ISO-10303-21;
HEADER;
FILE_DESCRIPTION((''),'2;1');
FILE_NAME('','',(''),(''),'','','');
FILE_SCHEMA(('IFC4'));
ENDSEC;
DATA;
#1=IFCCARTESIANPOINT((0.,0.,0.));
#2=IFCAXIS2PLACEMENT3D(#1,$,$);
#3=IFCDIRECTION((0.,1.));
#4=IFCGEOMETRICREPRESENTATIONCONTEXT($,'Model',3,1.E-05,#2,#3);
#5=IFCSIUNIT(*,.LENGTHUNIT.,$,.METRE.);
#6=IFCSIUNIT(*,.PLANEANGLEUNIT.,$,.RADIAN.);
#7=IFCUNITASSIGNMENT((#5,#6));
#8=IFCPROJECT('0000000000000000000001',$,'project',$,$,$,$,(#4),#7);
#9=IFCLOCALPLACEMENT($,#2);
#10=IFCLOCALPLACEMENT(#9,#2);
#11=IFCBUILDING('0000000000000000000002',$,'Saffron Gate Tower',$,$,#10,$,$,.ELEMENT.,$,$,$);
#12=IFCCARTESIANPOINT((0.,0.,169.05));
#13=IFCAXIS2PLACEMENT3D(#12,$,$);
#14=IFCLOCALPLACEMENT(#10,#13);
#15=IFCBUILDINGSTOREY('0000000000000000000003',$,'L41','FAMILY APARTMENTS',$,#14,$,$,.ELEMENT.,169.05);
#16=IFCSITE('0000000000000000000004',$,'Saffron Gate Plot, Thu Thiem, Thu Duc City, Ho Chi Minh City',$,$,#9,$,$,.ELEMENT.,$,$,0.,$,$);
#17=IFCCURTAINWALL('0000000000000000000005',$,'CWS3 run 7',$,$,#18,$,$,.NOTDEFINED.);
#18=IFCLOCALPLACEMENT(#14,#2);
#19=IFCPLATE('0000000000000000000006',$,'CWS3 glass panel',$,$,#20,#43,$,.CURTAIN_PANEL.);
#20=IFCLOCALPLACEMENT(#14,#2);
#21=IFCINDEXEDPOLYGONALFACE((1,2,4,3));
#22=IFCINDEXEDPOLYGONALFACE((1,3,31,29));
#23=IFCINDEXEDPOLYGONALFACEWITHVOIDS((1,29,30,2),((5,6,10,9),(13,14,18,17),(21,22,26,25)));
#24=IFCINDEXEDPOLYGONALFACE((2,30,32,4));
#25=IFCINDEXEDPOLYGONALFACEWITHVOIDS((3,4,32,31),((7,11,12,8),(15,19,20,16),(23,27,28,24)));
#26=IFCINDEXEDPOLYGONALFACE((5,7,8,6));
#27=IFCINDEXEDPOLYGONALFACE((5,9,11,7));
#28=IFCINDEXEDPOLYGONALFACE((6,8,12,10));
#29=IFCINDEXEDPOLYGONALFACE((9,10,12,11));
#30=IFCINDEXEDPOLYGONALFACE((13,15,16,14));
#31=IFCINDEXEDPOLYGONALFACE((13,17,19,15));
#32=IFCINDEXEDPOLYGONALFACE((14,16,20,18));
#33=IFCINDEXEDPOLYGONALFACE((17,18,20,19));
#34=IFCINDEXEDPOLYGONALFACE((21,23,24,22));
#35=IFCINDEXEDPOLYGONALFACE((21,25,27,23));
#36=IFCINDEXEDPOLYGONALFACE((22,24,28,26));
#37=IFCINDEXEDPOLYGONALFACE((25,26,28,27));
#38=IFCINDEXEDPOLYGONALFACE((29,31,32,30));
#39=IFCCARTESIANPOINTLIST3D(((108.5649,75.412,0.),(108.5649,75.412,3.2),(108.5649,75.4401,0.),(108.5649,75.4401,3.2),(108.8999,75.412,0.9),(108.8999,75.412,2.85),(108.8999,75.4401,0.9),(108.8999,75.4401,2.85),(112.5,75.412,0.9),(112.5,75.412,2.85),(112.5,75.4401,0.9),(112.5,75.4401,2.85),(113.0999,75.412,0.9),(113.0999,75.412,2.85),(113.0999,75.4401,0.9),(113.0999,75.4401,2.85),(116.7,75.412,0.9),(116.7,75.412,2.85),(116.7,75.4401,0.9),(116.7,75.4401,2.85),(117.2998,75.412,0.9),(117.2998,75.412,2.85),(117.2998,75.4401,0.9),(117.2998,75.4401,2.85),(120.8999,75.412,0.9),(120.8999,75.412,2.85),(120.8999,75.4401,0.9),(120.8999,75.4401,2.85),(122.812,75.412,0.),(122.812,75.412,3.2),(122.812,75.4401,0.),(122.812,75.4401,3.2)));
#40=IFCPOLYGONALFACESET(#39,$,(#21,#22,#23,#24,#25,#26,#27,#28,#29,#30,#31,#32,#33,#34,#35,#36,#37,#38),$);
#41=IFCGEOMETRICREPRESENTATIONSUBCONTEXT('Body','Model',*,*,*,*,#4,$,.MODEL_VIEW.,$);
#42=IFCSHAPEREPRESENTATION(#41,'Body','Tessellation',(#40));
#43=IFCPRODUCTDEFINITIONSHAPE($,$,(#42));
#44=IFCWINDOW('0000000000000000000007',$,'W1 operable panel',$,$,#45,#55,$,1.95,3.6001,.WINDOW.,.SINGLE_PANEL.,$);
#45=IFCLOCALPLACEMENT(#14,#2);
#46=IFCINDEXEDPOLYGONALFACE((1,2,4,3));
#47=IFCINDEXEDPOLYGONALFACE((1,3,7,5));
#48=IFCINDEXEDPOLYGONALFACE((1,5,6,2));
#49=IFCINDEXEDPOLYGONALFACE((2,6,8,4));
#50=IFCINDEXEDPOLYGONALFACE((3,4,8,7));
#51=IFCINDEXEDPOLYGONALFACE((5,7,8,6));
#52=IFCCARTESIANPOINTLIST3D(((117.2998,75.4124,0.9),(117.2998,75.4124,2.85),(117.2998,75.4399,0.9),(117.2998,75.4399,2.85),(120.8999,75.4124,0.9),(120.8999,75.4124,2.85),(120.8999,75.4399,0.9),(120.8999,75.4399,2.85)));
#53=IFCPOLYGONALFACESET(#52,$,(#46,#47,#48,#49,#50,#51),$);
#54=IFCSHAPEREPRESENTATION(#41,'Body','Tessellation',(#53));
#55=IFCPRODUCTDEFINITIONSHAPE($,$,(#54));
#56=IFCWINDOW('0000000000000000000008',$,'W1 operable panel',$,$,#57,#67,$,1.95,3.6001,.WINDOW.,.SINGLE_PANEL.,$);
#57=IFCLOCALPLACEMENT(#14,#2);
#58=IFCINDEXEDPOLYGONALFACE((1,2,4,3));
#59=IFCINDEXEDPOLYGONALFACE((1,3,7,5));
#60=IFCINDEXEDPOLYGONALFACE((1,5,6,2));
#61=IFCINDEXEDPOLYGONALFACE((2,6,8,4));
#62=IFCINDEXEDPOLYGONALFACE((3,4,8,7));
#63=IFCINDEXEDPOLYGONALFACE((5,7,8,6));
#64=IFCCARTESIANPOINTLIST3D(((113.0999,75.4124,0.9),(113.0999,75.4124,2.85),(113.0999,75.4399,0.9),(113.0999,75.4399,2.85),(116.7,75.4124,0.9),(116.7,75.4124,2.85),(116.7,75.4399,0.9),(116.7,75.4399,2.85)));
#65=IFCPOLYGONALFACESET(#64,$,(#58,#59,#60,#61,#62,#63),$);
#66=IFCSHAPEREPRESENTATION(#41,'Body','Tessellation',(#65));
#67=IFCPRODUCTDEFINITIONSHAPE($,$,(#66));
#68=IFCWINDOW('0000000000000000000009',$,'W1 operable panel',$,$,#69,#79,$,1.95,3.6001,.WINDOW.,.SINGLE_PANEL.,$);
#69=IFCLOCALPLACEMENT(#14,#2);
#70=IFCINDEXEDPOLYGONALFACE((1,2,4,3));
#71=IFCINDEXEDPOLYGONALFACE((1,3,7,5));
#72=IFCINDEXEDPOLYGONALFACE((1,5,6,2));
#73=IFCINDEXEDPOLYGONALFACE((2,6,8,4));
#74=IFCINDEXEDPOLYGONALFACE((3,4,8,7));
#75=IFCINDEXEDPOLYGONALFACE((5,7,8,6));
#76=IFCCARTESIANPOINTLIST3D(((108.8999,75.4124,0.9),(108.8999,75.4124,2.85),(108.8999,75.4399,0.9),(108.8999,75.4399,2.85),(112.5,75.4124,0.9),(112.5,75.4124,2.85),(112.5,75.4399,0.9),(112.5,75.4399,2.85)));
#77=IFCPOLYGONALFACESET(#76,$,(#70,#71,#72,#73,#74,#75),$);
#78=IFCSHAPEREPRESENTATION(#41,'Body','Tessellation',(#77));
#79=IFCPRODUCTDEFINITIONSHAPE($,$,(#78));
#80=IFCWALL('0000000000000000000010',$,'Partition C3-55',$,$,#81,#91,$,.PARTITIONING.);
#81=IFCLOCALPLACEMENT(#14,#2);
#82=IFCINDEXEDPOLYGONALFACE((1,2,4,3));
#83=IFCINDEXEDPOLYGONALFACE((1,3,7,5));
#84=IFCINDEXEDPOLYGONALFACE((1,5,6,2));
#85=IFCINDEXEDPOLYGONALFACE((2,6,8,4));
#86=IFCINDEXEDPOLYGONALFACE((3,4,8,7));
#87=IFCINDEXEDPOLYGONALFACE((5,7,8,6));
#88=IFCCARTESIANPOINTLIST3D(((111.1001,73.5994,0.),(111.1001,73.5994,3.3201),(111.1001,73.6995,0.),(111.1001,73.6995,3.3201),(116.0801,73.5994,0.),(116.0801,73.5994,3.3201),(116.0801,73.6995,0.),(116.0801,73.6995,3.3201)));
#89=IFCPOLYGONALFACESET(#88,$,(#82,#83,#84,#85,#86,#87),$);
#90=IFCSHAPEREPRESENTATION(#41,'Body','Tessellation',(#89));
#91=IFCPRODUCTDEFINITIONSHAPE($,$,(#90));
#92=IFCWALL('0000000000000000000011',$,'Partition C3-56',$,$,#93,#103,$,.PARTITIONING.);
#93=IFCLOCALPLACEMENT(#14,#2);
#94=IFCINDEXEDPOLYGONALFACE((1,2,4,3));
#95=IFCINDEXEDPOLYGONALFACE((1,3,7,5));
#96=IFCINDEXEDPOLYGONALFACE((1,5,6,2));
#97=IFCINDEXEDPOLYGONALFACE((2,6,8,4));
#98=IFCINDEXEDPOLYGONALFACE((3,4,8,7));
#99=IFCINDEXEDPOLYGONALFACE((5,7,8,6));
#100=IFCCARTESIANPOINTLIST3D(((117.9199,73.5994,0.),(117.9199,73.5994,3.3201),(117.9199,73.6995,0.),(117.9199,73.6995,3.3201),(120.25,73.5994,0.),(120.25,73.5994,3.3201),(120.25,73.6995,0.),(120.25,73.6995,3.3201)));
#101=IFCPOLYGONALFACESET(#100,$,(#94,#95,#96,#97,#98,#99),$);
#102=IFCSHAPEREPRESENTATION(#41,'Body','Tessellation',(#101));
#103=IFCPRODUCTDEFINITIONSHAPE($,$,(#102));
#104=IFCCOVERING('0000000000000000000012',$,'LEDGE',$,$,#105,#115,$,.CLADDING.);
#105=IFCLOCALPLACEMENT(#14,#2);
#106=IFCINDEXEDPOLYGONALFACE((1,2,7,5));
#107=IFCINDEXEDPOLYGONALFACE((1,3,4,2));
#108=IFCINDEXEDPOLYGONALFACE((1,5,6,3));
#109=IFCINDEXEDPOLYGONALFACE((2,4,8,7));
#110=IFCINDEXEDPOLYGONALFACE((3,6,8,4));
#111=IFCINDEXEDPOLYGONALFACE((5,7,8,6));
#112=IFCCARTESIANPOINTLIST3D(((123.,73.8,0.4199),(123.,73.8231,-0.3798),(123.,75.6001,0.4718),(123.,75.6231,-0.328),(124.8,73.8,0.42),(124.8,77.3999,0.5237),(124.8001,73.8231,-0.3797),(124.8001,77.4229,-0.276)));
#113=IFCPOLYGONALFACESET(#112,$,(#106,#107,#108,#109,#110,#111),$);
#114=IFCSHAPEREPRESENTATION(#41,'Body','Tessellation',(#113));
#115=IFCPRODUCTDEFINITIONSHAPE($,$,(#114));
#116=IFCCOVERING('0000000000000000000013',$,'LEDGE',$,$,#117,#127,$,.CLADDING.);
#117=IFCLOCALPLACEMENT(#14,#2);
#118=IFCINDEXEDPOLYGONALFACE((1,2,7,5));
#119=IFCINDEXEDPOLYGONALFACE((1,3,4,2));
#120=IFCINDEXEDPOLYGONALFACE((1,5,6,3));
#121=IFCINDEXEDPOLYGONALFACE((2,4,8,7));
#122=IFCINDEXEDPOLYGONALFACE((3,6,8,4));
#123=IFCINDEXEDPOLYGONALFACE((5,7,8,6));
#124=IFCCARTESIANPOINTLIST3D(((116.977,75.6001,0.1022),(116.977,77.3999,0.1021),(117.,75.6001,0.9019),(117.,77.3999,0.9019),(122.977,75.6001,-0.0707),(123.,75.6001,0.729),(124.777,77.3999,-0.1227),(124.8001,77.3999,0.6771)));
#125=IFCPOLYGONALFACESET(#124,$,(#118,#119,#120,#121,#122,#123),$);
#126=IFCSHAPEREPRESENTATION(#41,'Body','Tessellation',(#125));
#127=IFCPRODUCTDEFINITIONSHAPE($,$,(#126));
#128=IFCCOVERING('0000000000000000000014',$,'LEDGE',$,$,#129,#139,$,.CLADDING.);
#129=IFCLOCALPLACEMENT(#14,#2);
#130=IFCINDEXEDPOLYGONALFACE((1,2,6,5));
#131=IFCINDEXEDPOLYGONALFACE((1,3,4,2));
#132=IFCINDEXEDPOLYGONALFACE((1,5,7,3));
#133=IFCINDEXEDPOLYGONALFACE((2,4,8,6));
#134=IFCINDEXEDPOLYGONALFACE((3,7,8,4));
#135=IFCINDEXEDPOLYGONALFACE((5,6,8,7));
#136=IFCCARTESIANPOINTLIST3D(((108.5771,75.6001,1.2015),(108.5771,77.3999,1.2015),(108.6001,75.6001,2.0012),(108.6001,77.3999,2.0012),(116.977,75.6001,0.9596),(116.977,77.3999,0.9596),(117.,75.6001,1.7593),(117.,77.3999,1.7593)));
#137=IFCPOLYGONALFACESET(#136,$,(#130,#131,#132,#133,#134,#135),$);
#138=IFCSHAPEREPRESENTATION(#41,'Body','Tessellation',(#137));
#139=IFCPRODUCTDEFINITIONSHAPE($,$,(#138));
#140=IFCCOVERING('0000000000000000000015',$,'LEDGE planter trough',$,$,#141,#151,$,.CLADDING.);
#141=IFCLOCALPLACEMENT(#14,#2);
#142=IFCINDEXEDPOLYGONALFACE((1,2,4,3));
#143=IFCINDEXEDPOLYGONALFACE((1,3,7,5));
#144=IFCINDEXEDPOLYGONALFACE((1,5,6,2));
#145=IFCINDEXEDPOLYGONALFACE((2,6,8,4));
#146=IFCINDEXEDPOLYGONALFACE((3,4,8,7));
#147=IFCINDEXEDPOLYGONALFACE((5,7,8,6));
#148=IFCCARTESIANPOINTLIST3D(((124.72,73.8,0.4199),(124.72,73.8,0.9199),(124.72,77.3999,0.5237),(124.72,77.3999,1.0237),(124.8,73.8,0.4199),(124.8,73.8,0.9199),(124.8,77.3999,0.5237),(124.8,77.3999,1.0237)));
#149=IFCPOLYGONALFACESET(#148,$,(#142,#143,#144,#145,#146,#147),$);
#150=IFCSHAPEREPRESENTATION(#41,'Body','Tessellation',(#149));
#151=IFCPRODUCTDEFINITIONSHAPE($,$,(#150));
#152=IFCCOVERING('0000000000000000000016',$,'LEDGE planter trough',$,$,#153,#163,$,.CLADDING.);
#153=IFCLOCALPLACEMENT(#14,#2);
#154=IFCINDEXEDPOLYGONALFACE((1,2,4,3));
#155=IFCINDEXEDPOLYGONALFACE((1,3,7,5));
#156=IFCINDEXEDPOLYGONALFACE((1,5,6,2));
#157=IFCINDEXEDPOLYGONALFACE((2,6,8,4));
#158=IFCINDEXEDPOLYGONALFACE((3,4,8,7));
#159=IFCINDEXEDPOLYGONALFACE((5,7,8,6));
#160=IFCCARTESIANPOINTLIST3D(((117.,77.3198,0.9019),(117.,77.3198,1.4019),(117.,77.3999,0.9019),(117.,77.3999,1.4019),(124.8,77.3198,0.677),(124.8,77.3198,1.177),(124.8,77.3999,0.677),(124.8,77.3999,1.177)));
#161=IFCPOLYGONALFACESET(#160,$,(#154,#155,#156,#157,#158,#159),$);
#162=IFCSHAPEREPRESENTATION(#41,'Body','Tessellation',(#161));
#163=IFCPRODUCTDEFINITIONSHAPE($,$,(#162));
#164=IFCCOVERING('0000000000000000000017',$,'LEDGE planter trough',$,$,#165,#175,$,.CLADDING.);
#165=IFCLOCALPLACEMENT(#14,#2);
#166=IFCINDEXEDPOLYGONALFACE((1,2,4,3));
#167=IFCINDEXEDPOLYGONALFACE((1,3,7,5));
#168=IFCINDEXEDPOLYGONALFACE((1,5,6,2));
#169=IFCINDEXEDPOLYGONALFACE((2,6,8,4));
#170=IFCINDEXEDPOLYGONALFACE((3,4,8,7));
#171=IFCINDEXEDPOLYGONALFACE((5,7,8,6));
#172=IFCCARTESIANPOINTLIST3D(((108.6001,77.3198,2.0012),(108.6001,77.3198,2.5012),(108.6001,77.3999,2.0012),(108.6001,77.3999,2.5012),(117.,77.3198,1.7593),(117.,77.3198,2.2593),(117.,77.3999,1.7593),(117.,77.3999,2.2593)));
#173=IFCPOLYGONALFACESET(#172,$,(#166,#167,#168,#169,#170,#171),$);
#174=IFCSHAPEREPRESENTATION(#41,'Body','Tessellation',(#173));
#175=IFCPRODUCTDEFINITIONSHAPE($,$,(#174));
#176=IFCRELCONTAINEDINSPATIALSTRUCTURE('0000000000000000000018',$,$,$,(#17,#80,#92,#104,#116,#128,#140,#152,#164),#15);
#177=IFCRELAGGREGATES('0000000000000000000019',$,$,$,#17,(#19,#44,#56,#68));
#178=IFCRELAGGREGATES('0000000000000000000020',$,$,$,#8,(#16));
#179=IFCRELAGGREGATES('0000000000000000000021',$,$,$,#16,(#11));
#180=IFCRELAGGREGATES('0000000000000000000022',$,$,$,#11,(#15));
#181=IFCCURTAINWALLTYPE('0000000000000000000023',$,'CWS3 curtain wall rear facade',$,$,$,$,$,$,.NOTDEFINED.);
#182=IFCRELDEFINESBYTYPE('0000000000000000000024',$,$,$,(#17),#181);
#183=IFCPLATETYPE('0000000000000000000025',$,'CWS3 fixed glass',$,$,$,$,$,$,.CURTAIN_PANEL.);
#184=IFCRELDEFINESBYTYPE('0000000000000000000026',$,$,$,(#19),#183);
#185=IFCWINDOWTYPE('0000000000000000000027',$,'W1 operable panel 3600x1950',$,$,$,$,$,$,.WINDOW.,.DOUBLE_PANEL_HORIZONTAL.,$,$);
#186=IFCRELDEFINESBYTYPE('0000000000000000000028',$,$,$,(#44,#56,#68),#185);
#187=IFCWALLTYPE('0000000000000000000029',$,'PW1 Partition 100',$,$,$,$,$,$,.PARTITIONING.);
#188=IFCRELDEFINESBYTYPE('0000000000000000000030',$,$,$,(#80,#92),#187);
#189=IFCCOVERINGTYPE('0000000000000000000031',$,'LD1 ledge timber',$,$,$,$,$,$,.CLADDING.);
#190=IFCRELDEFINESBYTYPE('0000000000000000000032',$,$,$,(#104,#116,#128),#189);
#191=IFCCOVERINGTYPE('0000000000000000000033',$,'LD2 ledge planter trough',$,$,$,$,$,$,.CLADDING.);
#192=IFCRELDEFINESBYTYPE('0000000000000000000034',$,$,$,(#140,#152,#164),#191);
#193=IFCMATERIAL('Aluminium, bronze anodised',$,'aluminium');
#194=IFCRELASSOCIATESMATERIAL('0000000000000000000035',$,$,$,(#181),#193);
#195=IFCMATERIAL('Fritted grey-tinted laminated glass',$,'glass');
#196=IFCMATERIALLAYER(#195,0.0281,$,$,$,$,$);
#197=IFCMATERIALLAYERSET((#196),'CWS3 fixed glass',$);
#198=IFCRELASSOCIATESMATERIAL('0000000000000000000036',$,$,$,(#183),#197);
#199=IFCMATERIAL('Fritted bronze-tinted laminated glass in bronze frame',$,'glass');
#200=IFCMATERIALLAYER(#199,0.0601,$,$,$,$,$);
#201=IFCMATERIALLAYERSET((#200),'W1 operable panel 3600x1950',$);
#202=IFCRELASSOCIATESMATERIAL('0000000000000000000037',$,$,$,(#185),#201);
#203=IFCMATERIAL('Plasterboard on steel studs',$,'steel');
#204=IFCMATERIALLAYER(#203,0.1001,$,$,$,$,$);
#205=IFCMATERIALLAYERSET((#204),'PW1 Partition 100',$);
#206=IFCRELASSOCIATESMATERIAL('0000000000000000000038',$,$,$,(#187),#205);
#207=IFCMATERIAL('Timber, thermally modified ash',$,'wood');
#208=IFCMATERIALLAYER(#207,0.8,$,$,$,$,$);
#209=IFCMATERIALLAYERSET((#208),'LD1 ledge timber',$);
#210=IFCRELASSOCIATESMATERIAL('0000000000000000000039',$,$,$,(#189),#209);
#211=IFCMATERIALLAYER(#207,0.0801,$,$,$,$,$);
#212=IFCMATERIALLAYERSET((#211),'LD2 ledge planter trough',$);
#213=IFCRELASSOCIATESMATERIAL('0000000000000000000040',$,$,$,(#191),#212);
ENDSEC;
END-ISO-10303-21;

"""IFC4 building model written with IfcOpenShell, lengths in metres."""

from ifc_helpers import new_model, si_unit, direction, frame, frame_2d, origin, place, context, subcontext, project, spatial, polyline, rectangle, outline, extrude, material, layer, layer_set, type_object, element, fill, aggregate, save


model = new_model("IFC4")

# Units and contexts
model_context = context("Model", 3, precision=1e-05, world=origin(), true_north=direction((0.0, 1.0)))
body_context = subcontext(model_context, "Body", "Model", "MODEL_VIEW")
ifc_project = project(units=[si_unit("LENGTHUNIT", "METRE"), si_unit("PLANEANGLEUNIT", "RADIAN")], contexts=[model_context])

# Site, building, storey
site_placement = place(None, origin())
site = spatial("IfcSite", under=ifc_project, at=site_placement, Name="Saffron Gate Plot, Thu Thiem, Thu Duc City, Ho Chi Minh City", CompositionType="ELEMENT", RefElevation=0.0)
building_placement = place(site_placement, origin())
building = spatial("IfcBuilding", under=site, at=building_placement, Name="Saffron Gate Tower", CompositionType="ELEMENT")
storey_placement = place(building_placement, frame((0.0, 0.0, 169.05)))
storey = spatial("IfcBuildingStorey", under=building, at=storey_placement, Name="L41", Description="FAMILY APARTMENTS", CompositionType="ELEMENT", Elevation=169.05)

# Curtain wall
ifc_material_1 = material(Name="Aluminium, bronze anodised", Category="aluminium")
curtain_wall_type_1 = type_object("IfcCurtainWallType", Name="CWS3 curtain wall rear facade", PredefinedType="NOTDEFINED", material=ifc_material_1)
curtain_wall_1_placement = place(storey_placement, origin())
curtain_wall_1 = element("IfcCurtainWall", 1, at=curtain_wall_1_placement, inside=storey, type_object=curtain_wall_type_1, Name="CWS3 run 7", PredefinedType="NOTDEFINED")

# Plate, openings, windows
ifc_material_2 = material(Name="Fritted grey-tinted laminated glass", Category="glass")
ifc_layer_1 = layer(ifc_material_2, 0.0281)
ifc_layer_set_1 = layer_set([ifc_layer_1], Name="CWS3 fixed glass")
plate_type = type_object("IfcPlateType", Name="CWS3 fixed glass", PredefinedType="CURTAIN_PANEL", material=ifc_layer_set_1)
plate_placement = place(storey_placement, frame((122.812, 75.426, 0.0), z_axis=(0.0, 0.0, 1.0), x_axis=(-1.0, 0.0, 0.0)))
plate = element("IfcPlate", 2, at=plate_placement, type_object=plate_type, Name="CWS3 glass panel", PredefinedType="CURTAIN_PANEL", context=body_context, shape_type="SweptSolid", body=[
    extrude(rectangle(XDim=14.2471, YDim=0.0281, at=frame_2d((7.1235, 0.0))), origin(), (0.0, 0.0, 1.0), 3.2),
])
opening_1_placement = place(plate_placement, frame((1.9121, 0.0, 0.8999)))
opening_1 = element("IfcOpeningElement", 3, at=opening_1_placement, cuts=plate, PredefinedType="OPENING", context=body_context, shape_type="SweptSolid", body=[
    extrude(rectangle(XDim=3.6001, YDim=1.95, at=frame_2d((1.8, 0.9751))), frame((0.0, 0.0239, 0.0), z_axis=(0.0, -1.0, 0.0), x_axis=(1.0, 0.0, 0.0)), (0.0, 0.0, 1.0), 0.0481),
])
opening_2_placement = place(plate_placement, frame((6.1121, 0.0, 0.8999)))
opening_2 = element("IfcOpeningElement", 4, at=opening_2_placement, cuts=plate, PredefinedType="OPENING", context=body_context, shape_type="SweptSolid", body=[
    extrude(rectangle(XDim=3.6001, YDim=1.95, at=frame_2d((1.8, 0.9751))), frame((0.0, 0.0239, 0.0), z_axis=(0.0, -1.0, 0.0), x_axis=(1.0, 0.0, 0.0)), (0.0, 0.0, 1.0), 0.0481),
])
opening_3_placement = place(plate_placement, frame((10.312, 0.0, 0.8999)))
opening_3 = element("IfcOpeningElement", 5, at=opening_3_placement, cuts=plate, PredefinedType="OPENING", context=body_context, shape_type="SweptSolid", body=[
    extrude(rectangle(XDim=3.6001, YDim=1.95, at=frame_2d((1.8, 0.9751))), frame((0.0, 0.0239, 0.0), z_axis=(0.0, -1.0, 0.0), x_axis=(1.0, 0.0, 0.0)), (0.0, 0.0, 1.0), 0.0481),
])
ifc_material_3 = material(Name="Fritted bronze-tinted laminated glass in bronze frame", Category="glass")
ifc_layer_2 = layer(ifc_material_3, 0.0601)
ifc_layer_set_2 = layer_set([ifc_layer_2], Name="W1 operable panel 3600x1950")
window_type = type_object("IfcWindowType", Name="W1 operable panel 3600x1950", PartitioningType="DOUBLE_PANEL_HORIZONTAL", PredefinedType="WINDOW", material=ifc_layer_set_2)
window_1_placement = place(opening_1_placement, origin())
window_1 = element("IfcWindow", 6, at=window_1_placement, type_object=window_type, Name="W1 operable panel", OverallHeight=1.95, OverallWidth=3.6001, PartitioningType="SINGLE_PANEL", PredefinedType="WINDOW", context=body_context, shape_type="SweptSolid", body=[
    extrude(rectangle(XDim=3.6001, YDim=1.95, at=frame_2d((1.8, 0.9751))), frame((0.0, 0.0137, 0.0), z_axis=(0.0, -1.0, 0.0), x_axis=(1.0, 0.0, 0.0)), (0.0, 0.0, 1.0), 0.0276),
])
fill(opening_1, window_1)
window_2_placement = place(opening_2_placement, origin())
window_2 = element("IfcWindow", 7, at=window_2_placement, type_object=window_type, Name="W1 operable panel", OverallHeight=1.95, OverallWidth=3.6001, PartitioningType="SINGLE_PANEL", PredefinedType="WINDOW", context=body_context, shape_type="SweptSolid", body=[
    extrude(rectangle(XDim=3.6001, YDim=1.95, at=frame_2d((1.8, 0.9751))), frame((0.0, 0.0137, 0.0), z_axis=(0.0, -1.0, 0.0), x_axis=(1.0, 0.0, 0.0)), (0.0, 0.0, 1.0), 0.0276),
])
fill(opening_2, window_2)
window_3_placement = place(opening_3_placement, origin())
window_3 = element("IfcWindow", 8, at=window_3_placement, type_object=window_type, Name="W1 operable panel", OverallHeight=1.95, OverallWidth=3.6001, PartitioningType="SINGLE_PANEL", PredefinedType="WINDOW", context=body_context, shape_type="SweptSolid", body=[
    extrude(rectangle(XDim=3.6001, YDim=1.95, at=frame_2d((1.8, 0.9751))), frame((0.0, 0.0137, 0.0), z_axis=(0.0, -1.0, 0.0), x_axis=(1.0, 0.0, 0.0)), (0.0, 0.0, 1.0), 0.0276),
])
fill(opening_3, window_3)
aggregate(curtain_wall_1, [plate, window_1, window_2, window_3])

# Walls
ifc_material_4 = material(Name="Plasterboard on steel studs", Category="steel")
ifc_layer_3 = layer(ifc_material_4, 0.1001)
ifc_layer_set_3 = layer_set([ifc_layer_3], Name="PW1 Partition 100")
wall_type = type_object("IfcWallType", Name="PW1 Partition 100", PredefinedType="PARTITIONING", material=ifc_layer_set_3)
wall_1_placement = place(storey_placement, frame((111.1001, 73.6494, 0.0), z_axis=(0.0, 0.0, 1.0), x_axis=(1.0, 0.0, 0.0)))
element("IfcWall", 9, at=wall_1_placement, inside=storey, type_object=wall_type, Name="Partition C3-55", PredefinedType="PARTITIONING", context=body_context, shape_type="SweptSolid", body=[
    extrude(rectangle(XDim=4.98, YDim=0.1001, at=frame_2d((2.49, 0.0))), origin(), (0.0, 0.0, 1.0), 3.3201),
])
wall_2_placement = place(storey_placement, frame((117.9199, 73.6494, 0.0), z_axis=(0.0, 0.0, 1.0), x_axis=(1.0, 0.0, 0.0)))
element("IfcWall", 10, at=wall_2_placement, inside=storey, type_object=wall_type, Name="Partition C3-56", PredefinedType="PARTITIONING", context=body_context, shape_type="SweptSolid", body=[
    extrude(rectangle(XDim=2.3301, YDim=0.1001, at=frame_2d((1.165, 0.0))), origin(), (0.0, 0.0, 1.0), 3.3201),
])

# Coverings
ifc_material_5 = material(Name="Timber, thermally modified ash", Category="wood")
ifc_layer_4 = layer(ifc_material_5, 0.8)
ifc_layer_set_4 = layer_set([ifc_layer_4], Name="LD1 ledge timber")
covering_type_1 = type_object("IfcCoveringType", Name="LD1 ledge timber", PredefinedType="CLADDING", material=ifc_layer_set_4)
covering_1_placement = place(storey_placement, frame((123.0, 73.8, 0.4199), z_axis=(-0.000046, -0.028788, 0.999586), x_axis=(0.0, 0.999586, 0.028788)))
element("IfcCovering", 11, at=covering_1_placement, inside=storey, type_object=covering_type_1, Name="LEDGE", PredefinedType="CLADDING", context=body_context, shape_type="SweptSolid", body=[
    extrude(outline(polyline([(0.0, 0.0), (1.8008, 0.0), (3.6013, -1.8), (0.0, -1.8), (0.0, 0.0)])), origin(), (0.0, 0.0, -1.0), 0.8),
])
covering_2_placement = place(storey_placement, frame((123.0, 75.6001, 0.729), z_axis=(0.028807, 0.000035, 0.999585), x_axis=(-0.999585, 0.0, 0.028807)))
element("IfcCovering", 12, at=covering_2_placement, inside=storey, type_object=covering_type_1, Name="LEDGE", PredefinedType="CLADDING", context=body_context, shape_type="SweptSolid", body=[
    extrude(outline(polyline([(0.0, 0.0), (6.0025, 0.0), (6.0025, -1.7998), (-1.8008, -1.7998), (0.0, 0.0)])), origin(), (0.0, 0.0, -1.0), 0.8),
])
covering_3_placement = place(storey_placement, frame((117.0, 75.6001, 1.7593), z_axis=(0.028791, 0.0, 0.999585), x_axis=(-0.999585, 0.0, 0.028791)))
element("IfcCovering", 13, at=covering_3_placement, inside=storey, type_object=covering_type_1, Name="LEDGE", PredefinedType="CLADDING", context=body_context, shape_type="SweptSolid", body=[
    extrude(outline(polyline([(0.0, 0.0), (8.4034, 0.0), (8.4034, -1.7998), (0.0, -1.7998), (0.0, 0.0)])), origin(), (0.0, 0.0, -1.0), 0.8),
])
ifc_layer_5 = layer(ifc_material_5, 0.0801)
ifc_layer_set_5 = layer_set([ifc_layer_5], Name="LD2 ledge planter trough")
covering_type_2 = type_object("IfcCoveringType", Name="LD2 ledge planter trough", PredefinedType="CLADDING", material=ifc_layer_set_5)
covering_4_placement = place(storey_placement, frame((124.8, 73.8, 0.4199), z_axis=(1.0, 0.0, 0.0), x_axis=(0.0, 0.999585, 0.028811)))
element("IfcCovering", 14, at=covering_4_placement, inside=storey, type_object=covering_type_2, Name="LEDGE planter trough", PredefinedType="CLADDING", context=body_context, shape_type="SweptSolid", body=[
    extrude(outline(polyline([(0.0, 0.0), (3.6013, 0.0), (3.6158, 0.4998), (0.0144, 0.4998), (0.0, 0.0)])), origin(), (0.0, 0.0, -1.0), 0.0801),
])
covering_5_placement = place(storey_placement, frame((124.8, 77.3999, 0.677), z_axis=(0.0, 1.0, 0.0), x_axis=(-0.999585, 0.0, 0.028815)))
element("IfcCovering", 15, at=covering_5_placement, inside=storey, type_object=covering_type_2, Name="LEDGE planter trough", PredefinedType="CLADDING", context=body_context, shape_type="SweptSolid", body=[
    extrude(outline(polyline([(0.0, 0.0), (7.8033, 0.0), (7.8177, 0.4998), (0.0144, 0.4998), (0.0, 0.0)])), origin(), (0.0, 0.0, -1.0), 0.0801),
])
covering_6_placement = place(storey_placement, frame((117.0, 77.3999, 1.7593), z_axis=(0.0, 1.0, 0.0), x_axis=(-0.999585, 0.0, 0.028791)))
element("IfcCovering", 16, at=covering_6_placement, inside=storey, type_object=covering_type_2, Name="LEDGE planter trough", PredefinedType="CLADDING", context=body_context, shape_type="SweptSolid", body=[
    extrude(outline(polyline([(0.0, 0.0), (8.4034, 0.0), (8.4178, 0.4998), (0.0144, 0.4998), (0.0, 0.0)])), origin(), (0.0, 0.0, -1.0), 0.0801),
])

save(model, "model.ifc")
